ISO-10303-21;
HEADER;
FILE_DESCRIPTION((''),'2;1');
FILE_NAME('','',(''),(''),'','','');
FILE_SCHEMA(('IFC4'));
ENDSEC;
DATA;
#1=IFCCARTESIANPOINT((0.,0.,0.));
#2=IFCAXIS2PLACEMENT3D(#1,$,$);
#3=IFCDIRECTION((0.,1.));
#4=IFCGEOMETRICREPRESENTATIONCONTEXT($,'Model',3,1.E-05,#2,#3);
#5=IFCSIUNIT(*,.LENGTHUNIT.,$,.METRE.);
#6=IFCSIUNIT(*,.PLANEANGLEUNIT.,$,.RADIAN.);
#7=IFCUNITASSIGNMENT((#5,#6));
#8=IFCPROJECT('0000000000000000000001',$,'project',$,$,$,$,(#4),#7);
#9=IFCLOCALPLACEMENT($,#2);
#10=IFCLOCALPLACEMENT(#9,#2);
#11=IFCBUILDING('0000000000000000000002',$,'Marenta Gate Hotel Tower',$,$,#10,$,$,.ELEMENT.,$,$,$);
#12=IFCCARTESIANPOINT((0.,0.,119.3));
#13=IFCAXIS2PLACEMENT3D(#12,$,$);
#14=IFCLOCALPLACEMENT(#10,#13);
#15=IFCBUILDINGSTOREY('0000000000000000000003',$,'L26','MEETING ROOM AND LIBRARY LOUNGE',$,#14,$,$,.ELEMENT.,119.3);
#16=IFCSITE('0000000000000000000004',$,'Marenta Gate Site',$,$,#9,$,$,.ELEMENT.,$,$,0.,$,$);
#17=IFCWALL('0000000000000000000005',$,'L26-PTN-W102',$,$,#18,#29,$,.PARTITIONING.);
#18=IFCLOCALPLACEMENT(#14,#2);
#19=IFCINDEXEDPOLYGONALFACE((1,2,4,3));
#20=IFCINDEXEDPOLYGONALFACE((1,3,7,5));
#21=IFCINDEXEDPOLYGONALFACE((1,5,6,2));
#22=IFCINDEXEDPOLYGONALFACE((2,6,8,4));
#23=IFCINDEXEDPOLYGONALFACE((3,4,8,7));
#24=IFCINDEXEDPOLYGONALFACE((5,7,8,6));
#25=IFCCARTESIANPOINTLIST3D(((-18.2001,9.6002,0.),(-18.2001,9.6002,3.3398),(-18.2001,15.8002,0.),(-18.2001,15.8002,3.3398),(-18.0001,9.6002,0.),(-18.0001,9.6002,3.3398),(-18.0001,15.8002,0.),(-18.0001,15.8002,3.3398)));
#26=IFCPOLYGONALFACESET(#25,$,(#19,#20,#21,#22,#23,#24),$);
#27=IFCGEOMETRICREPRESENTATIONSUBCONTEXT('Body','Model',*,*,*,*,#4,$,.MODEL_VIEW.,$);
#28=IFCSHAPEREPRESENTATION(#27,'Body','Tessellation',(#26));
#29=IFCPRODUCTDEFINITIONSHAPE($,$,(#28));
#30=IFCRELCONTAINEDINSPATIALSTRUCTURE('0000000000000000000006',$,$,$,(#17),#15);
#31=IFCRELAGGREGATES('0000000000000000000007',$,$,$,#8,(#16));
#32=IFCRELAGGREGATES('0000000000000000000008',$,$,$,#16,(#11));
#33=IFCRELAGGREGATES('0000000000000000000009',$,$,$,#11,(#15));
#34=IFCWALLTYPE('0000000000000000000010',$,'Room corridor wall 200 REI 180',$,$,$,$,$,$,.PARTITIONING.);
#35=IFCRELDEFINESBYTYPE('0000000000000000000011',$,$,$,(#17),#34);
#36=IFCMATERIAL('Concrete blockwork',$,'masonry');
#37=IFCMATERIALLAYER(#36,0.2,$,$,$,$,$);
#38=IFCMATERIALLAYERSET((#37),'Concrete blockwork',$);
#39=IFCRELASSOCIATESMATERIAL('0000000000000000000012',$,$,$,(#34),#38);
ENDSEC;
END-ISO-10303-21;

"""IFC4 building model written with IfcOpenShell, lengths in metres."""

from ifc_helpers import new_model, si_unit, direction, frame, frame_2d, origin, place, context, subcontext, project, spatial, rectangle, extrude, material, layer, layer_set, type_object, element, save


model = new_model("IFC4")

# Units and contexts
model_context = context("Model", 3, precision=1e-05, world=origin(), true_north=direction((0.0, 1.0)))
body_context = subcontext(model_context, "Body", "Model", "MODEL_VIEW")
ifc_project = project(units=[si_unit("LENGTHUNIT", "METRE"), si_unit("PLANEANGLEUNIT", "RADIAN")], contexts=[model_context])

# Site, building, storey
site_placement = place(None, origin())
site = spatial("IfcSite", under=ifc_project, at=site_placement, Name="Marenta Gate Site", CompositionType="ELEMENT", RefElevation=0.0)
building_placement = place(site_placement, origin())
building = spatial("IfcBuilding", under=site, at=building_placement, Name="Marenta Gate Hotel Tower", CompositionType="ELEMENT")
storey_placement = place(building_placement, frame((0.0, 0.0, 119.3)))
storey = spatial("IfcBuildingStorey", under=building, at=storey_placement, Name="L26", Description="MEETING ROOM AND LIBRARY LOUNGE", CompositionType="ELEMENT", Elevation=119.3)

# Wall
ifc_material_1 = material(Name="Concrete blockwork", Category="masonry")
ifc_layer_1 = layer(ifc_material_1, 0.2)
ifc_layer_set_1 = layer_set([ifc_layer_1], Name="Concrete blockwork")
wall_type_1 = type_object("IfcWallType", Name="Room corridor wall 200 REI 180", PredefinedType="PARTITIONING", material=ifc_layer_set_1)
wall_1_placement = place(storey_placement, frame((-18.1001, 9.6001, 0.0), z_axis=(0.0, 0.0, 1.0), x_axis=(0.0, 1.0, 0.0)))
element("IfcWall", 1, at=wall_1_placement, inside=storey, type_object=wall_type_1, Name="L26-PTN-W102", PredefinedType="PARTITIONING", context=body_context, shape_type="SweptSolid", body=[
    extrude(rectangle(XDim=6.2, YDim=0.2, at=frame_2d((3.1001, 0.0))), origin(), (0.0, 0.0, 1.0), 3.3398),
])

save(model, "model.ifc")
